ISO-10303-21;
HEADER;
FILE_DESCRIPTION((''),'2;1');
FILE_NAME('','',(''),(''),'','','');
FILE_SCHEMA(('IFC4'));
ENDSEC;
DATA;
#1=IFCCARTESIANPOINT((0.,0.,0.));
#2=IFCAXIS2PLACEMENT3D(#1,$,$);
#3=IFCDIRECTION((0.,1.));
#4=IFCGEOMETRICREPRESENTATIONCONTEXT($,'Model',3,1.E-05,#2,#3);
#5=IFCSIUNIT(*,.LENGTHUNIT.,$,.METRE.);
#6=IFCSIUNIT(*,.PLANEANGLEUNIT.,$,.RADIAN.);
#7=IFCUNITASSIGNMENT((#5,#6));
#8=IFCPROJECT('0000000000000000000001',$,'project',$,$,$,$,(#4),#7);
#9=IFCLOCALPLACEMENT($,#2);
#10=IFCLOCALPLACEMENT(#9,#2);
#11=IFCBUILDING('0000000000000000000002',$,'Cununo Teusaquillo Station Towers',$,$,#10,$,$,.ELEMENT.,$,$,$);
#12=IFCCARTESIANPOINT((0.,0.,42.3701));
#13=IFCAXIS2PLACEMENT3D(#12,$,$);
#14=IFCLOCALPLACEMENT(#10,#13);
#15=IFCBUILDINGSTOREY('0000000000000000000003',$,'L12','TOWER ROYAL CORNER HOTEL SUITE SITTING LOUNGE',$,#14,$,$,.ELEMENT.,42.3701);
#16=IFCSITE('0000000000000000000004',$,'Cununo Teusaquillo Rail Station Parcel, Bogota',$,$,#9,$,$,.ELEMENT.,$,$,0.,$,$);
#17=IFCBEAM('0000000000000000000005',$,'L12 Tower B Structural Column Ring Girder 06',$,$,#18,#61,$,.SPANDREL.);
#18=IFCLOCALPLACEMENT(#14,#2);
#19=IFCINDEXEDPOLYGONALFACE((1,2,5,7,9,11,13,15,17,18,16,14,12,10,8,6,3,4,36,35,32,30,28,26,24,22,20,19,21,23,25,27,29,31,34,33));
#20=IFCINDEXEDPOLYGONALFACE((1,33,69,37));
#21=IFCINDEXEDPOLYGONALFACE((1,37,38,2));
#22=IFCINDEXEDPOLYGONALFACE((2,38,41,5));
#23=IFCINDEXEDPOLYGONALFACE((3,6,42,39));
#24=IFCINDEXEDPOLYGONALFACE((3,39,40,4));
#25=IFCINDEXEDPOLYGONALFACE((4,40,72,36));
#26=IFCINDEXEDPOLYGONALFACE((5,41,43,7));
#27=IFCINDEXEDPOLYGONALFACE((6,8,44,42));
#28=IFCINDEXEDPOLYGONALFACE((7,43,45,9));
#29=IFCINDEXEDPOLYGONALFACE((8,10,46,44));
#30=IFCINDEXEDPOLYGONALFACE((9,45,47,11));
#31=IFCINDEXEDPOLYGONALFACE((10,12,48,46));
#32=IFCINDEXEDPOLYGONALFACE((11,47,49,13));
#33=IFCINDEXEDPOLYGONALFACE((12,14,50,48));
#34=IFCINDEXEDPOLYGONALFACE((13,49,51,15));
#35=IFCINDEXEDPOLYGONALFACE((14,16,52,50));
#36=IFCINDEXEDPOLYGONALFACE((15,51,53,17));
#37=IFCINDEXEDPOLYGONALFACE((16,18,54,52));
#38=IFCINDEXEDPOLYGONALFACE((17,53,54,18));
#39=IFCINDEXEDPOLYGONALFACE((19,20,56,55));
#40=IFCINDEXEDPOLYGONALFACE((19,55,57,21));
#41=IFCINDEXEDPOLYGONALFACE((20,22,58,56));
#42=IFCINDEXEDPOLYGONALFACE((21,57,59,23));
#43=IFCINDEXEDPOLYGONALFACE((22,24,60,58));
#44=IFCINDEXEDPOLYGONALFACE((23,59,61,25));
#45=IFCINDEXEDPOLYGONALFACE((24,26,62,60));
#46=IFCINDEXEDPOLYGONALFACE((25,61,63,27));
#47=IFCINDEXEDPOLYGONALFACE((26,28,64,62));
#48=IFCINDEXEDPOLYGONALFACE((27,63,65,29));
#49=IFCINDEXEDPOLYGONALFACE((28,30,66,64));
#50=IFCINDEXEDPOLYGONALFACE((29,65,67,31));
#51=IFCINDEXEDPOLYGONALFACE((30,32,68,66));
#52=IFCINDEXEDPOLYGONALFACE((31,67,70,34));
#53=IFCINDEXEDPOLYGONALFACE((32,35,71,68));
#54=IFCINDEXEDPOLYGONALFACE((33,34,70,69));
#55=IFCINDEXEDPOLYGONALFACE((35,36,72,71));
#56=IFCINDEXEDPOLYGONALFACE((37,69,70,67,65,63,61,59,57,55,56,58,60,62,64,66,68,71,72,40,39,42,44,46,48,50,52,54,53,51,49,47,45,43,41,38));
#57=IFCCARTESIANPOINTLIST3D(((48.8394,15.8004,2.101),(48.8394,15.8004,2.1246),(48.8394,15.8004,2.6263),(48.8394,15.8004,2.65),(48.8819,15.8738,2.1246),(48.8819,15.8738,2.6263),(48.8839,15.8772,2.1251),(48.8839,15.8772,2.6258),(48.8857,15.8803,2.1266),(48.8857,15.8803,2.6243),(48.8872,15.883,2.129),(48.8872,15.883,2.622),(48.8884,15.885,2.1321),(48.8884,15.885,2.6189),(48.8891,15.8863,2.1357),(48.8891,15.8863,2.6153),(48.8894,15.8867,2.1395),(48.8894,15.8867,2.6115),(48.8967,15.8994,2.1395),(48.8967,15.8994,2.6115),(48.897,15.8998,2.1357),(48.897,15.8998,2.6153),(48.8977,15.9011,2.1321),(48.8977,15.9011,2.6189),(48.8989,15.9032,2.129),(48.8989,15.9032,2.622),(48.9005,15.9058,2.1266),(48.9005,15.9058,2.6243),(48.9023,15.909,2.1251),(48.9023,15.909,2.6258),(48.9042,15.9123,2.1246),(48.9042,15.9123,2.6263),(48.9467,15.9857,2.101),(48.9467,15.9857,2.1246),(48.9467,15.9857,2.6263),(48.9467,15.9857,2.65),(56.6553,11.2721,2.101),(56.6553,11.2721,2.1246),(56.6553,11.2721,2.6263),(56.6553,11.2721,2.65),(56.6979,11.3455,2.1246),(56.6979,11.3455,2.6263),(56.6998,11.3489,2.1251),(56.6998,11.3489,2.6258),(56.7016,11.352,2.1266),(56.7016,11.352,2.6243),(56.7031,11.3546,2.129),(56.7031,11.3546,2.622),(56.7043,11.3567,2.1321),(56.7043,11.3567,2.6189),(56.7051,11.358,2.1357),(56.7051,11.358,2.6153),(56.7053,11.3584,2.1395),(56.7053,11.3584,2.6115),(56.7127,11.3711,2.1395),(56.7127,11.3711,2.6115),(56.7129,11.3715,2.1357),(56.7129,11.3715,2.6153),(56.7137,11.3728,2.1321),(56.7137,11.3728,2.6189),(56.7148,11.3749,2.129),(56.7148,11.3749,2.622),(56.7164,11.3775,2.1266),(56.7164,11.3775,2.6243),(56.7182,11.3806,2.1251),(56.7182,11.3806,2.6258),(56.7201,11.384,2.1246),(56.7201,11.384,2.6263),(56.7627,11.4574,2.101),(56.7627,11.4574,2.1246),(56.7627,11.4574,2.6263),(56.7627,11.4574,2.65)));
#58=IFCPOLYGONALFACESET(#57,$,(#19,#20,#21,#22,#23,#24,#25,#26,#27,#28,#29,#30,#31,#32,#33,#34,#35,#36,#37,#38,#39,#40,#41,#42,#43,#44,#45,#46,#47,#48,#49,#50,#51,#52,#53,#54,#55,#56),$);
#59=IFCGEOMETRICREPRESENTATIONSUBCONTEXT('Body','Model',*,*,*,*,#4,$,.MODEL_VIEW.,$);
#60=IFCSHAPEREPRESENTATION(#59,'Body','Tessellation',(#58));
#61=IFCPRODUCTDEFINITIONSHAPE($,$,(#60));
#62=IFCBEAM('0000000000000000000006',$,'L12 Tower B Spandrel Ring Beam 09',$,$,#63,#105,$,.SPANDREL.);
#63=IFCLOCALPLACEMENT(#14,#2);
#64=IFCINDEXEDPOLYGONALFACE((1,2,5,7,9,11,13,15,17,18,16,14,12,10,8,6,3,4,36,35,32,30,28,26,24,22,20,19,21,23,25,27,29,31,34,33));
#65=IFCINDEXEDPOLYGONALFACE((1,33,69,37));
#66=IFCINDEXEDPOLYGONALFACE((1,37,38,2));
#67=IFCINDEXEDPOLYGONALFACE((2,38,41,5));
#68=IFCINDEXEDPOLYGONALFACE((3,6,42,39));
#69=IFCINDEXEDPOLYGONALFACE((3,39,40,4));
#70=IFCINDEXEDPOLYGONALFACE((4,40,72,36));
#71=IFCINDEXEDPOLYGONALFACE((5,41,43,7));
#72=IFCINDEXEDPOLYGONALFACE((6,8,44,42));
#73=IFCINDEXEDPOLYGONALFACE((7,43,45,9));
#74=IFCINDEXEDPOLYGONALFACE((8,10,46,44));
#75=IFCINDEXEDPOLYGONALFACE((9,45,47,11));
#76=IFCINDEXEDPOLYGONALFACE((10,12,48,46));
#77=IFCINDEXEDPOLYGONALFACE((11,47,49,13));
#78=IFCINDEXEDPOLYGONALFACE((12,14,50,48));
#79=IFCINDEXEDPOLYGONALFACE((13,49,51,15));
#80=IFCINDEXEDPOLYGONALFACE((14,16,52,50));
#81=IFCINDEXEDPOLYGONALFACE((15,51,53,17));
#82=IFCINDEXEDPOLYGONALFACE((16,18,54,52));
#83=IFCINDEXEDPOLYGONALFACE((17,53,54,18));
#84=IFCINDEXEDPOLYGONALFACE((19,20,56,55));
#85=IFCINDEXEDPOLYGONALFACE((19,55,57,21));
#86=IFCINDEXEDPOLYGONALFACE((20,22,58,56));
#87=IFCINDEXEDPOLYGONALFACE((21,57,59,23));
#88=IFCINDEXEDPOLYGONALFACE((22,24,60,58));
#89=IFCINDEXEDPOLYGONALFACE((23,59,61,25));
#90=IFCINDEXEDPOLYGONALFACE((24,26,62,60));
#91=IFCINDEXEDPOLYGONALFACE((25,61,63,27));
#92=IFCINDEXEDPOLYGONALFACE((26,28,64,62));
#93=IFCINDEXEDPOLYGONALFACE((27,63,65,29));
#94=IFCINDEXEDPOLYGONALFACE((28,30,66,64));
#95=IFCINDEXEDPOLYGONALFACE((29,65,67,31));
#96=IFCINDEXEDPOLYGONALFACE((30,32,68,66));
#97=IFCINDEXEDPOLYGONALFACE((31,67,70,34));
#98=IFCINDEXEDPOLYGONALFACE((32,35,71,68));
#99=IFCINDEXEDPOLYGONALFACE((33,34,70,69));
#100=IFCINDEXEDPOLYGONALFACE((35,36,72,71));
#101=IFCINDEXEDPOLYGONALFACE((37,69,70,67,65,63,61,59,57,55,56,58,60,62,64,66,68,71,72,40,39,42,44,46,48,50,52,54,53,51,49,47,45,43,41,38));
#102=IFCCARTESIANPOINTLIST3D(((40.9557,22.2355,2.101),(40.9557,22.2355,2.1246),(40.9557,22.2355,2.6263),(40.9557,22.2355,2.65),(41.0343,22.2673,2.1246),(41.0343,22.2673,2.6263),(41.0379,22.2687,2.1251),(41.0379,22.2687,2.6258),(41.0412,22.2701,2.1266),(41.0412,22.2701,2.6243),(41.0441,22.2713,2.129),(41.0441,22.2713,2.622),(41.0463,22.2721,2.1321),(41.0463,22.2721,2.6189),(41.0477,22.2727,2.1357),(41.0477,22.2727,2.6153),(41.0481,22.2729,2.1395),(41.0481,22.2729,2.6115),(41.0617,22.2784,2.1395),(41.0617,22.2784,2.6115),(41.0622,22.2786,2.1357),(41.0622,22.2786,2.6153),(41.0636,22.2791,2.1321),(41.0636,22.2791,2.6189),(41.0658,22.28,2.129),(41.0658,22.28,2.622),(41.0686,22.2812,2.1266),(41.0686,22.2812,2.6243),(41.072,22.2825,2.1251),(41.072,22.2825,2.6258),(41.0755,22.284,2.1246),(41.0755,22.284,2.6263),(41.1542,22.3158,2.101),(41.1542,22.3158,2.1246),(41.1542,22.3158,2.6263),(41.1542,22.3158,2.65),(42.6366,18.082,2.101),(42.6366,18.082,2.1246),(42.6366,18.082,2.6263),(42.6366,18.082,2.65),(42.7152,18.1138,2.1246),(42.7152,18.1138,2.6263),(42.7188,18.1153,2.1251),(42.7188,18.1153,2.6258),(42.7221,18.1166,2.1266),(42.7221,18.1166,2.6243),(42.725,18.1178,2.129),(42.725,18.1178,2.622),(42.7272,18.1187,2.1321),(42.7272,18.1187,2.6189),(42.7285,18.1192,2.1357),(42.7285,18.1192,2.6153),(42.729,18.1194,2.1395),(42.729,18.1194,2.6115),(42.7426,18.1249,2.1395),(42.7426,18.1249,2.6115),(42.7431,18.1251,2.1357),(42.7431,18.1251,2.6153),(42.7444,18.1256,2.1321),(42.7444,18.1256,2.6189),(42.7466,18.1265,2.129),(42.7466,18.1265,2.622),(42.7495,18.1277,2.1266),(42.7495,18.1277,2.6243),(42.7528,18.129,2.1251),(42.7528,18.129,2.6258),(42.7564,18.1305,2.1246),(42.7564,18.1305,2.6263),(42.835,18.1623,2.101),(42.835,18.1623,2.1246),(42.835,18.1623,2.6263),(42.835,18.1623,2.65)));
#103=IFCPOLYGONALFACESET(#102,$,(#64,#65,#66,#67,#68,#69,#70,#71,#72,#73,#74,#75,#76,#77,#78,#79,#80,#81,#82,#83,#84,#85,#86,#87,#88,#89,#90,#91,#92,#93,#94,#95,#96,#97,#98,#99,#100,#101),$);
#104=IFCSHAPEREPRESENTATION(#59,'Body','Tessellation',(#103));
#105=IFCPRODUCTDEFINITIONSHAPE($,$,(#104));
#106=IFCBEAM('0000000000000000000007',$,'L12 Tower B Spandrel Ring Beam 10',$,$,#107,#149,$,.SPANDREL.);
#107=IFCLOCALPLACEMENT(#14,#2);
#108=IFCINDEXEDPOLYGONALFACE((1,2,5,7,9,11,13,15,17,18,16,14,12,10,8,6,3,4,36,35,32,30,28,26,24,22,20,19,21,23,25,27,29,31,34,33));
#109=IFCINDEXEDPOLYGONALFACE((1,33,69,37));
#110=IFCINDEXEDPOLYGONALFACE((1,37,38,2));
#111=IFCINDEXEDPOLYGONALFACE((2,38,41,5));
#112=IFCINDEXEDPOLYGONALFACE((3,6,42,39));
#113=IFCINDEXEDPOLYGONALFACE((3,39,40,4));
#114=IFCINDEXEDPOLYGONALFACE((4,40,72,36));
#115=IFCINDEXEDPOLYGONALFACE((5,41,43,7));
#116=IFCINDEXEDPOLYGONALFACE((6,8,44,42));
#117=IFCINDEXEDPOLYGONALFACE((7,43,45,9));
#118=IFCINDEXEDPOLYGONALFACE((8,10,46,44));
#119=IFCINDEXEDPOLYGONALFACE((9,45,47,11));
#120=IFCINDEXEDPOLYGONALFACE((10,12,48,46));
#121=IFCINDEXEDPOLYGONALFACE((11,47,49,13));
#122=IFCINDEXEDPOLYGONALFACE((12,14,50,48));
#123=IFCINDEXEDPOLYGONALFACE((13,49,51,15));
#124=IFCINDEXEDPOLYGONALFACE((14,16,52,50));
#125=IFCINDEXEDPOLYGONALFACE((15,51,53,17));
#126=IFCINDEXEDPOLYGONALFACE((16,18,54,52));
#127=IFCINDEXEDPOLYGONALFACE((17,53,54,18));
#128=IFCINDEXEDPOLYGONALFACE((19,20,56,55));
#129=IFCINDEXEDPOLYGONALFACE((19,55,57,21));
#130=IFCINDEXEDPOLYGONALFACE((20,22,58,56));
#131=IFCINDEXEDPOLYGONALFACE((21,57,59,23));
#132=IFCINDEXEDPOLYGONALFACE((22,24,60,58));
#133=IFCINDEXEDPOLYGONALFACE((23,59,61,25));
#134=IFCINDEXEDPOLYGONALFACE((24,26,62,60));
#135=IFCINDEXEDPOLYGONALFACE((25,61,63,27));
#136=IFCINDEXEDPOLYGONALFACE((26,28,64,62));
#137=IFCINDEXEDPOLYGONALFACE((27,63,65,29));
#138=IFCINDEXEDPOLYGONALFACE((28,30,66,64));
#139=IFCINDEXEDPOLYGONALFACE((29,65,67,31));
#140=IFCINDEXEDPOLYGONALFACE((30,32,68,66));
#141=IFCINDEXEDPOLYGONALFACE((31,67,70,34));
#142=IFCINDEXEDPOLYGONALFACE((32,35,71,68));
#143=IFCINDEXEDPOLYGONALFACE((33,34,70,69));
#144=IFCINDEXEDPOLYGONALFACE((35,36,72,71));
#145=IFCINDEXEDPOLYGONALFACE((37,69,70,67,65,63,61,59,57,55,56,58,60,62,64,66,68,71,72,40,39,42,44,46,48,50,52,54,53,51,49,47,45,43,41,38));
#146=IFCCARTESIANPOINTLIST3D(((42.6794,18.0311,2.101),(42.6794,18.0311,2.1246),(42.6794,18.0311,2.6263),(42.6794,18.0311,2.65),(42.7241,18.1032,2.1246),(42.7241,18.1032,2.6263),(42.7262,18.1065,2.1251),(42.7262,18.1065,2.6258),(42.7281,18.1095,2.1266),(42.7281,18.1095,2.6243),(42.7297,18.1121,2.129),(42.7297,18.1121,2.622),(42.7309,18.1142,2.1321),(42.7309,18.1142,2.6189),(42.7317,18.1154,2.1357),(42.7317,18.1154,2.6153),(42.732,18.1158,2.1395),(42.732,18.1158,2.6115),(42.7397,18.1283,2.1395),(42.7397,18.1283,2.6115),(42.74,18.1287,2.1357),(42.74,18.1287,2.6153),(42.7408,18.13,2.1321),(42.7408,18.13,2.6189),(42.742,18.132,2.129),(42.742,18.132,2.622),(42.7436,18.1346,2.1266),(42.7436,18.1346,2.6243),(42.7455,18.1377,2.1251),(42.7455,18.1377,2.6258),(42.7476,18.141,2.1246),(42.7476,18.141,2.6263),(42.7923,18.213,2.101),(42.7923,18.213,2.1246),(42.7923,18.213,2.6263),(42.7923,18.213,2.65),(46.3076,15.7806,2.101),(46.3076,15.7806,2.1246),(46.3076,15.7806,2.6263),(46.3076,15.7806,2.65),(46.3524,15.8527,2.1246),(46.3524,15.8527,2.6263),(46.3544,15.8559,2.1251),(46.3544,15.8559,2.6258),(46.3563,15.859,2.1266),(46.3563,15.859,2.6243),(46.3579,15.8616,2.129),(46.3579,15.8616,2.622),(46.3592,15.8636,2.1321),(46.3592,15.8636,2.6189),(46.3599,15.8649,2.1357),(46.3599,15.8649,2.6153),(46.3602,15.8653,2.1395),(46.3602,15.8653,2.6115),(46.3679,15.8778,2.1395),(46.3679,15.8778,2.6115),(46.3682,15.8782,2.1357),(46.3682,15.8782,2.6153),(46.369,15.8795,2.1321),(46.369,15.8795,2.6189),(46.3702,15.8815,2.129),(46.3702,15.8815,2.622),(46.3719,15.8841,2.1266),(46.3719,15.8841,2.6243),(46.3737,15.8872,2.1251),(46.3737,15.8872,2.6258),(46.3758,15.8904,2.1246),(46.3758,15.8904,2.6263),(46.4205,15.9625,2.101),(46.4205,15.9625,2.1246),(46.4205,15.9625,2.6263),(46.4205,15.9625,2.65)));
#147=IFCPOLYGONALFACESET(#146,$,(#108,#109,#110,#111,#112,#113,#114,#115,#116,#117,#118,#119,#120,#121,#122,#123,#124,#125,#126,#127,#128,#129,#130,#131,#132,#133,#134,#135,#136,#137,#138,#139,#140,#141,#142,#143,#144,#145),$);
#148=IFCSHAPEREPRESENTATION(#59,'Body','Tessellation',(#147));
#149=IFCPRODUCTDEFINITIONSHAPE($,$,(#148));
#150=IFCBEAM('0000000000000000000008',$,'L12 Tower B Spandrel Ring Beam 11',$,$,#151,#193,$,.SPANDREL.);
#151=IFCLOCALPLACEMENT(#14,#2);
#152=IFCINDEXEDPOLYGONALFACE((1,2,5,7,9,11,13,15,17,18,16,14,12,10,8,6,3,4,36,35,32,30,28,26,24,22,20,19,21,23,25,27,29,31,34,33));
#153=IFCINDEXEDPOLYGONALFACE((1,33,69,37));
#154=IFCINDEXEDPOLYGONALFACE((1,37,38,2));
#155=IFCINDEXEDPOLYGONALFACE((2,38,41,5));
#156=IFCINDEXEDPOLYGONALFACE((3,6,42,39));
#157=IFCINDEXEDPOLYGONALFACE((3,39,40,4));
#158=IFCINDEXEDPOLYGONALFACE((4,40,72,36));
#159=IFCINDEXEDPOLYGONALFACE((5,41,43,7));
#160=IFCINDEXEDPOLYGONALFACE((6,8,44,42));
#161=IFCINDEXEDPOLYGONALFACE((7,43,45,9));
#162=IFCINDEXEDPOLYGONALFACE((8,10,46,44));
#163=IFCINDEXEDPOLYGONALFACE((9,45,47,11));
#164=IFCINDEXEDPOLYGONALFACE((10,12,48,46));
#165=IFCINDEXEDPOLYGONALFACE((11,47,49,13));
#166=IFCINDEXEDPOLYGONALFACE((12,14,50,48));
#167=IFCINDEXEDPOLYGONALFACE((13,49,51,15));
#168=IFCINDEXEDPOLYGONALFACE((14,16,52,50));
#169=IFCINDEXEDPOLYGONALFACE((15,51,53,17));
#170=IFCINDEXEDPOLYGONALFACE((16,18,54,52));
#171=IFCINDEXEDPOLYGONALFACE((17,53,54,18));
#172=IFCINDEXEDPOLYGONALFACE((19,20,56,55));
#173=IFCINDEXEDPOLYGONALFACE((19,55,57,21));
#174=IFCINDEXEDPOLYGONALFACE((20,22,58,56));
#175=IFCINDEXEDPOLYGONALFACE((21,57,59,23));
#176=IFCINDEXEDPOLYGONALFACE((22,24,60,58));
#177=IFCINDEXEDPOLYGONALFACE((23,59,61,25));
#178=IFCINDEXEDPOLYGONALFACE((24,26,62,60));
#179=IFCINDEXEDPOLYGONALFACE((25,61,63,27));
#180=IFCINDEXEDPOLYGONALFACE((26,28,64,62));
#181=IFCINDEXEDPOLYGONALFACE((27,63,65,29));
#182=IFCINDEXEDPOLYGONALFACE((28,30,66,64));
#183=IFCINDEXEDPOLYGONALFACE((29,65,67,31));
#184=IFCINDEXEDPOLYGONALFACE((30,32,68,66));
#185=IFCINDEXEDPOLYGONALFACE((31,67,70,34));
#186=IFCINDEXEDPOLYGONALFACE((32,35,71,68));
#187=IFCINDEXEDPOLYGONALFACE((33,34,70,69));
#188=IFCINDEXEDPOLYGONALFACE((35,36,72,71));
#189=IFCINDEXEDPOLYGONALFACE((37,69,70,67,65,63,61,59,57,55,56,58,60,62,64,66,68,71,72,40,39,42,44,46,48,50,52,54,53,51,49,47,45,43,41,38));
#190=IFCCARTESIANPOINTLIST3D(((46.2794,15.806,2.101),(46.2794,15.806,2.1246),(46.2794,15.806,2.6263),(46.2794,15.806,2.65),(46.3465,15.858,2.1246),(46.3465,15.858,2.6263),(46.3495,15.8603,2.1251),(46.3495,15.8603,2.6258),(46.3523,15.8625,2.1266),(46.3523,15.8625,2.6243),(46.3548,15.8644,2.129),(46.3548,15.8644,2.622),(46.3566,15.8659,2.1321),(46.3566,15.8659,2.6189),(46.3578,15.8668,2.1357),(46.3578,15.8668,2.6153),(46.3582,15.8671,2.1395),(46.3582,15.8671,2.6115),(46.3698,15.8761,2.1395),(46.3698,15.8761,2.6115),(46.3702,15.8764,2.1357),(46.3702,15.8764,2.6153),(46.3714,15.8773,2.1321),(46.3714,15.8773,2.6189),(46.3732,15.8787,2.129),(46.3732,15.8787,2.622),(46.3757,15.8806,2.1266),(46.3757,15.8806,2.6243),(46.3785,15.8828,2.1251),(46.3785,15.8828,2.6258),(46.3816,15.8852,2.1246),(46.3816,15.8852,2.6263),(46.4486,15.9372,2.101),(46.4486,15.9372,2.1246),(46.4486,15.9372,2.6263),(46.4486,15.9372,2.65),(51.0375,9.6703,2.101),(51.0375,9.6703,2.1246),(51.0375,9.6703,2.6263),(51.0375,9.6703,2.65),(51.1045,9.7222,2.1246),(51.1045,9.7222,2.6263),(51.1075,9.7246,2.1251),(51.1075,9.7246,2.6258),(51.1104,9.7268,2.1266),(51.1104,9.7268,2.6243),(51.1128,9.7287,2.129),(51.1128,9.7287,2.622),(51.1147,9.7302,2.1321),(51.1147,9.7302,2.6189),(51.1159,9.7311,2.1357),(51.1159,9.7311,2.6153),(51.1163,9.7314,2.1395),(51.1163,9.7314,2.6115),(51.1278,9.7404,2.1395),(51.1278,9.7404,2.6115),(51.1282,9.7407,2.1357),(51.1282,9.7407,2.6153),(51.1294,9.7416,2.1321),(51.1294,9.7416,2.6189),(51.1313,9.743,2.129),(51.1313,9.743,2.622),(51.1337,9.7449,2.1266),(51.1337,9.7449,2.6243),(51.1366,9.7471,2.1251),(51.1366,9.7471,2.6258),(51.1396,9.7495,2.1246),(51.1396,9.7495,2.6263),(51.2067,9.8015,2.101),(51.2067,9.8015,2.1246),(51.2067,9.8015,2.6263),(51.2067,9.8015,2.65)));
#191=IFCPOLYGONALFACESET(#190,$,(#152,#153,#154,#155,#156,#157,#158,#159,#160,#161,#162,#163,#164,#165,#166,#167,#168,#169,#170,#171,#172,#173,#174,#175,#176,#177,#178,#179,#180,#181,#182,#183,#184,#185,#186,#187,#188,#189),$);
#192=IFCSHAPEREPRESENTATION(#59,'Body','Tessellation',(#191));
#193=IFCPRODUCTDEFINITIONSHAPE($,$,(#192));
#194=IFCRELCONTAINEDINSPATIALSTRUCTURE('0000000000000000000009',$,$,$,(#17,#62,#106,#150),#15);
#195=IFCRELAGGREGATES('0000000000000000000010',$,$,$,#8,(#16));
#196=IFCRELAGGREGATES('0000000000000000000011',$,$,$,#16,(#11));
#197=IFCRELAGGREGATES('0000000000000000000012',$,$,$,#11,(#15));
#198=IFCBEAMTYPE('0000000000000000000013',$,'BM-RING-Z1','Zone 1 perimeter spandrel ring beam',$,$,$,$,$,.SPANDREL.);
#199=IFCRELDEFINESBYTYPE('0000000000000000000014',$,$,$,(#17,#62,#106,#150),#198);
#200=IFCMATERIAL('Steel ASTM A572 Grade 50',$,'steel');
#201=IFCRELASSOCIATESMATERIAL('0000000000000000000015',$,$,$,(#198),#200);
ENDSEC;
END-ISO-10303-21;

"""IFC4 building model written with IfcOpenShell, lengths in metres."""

from ifc_helpers import new_model, si_unit, direction, frame, origin, origin_2d, place, context, subcontext, project, spatial, i_section, extrude, material, material_profile, profile_set, type_object, element, save


model = new_model("IFC4")

# Units and contexts
model_context = context("Model", 3, precision=1e-05, world=origin(), true_north=direction((0.0, 1.0)))
body_context = subcontext(model_context, "Body", "Model", "MODEL_VIEW")
ifc_project = project(units=[si_unit("LENGTHUNIT", "METRE"), si_unit("PLANEANGLEUNIT", "RADIAN")], contexts=[model_context])

# Site, building, storey
site_placement = place(None, origin())
site = spatial("IfcSite", under=ifc_project, at=site_placement, Name="Cununo Teusaquillo Rail Station Parcel, Bogota", CompositionType="ELEMENT", RefElevation=0.0)
building_placement = place(site_placement, origin())
building = spatial("IfcBuilding", under=site, at=building_placement, Name="Cununo Teusaquillo Station Towers", CompositionType="ELEMENT")
storey_placement = place(building_placement, frame((0.0, 0.0, 42.3701)))
storey = spatial("IfcBuildingStorey", under=building, at=storey_placement, Name="L12", Description="TOWER ROYAL CORNER HOTEL SUITE SITTING LOUNGE", CompositionType="ELEMENT", Elevation=42.3701)

# Beams
ifc_material_1 = material(Name="Steel ASTM A572 Grade 50", Category="steel")
ifc_material_profile_1 = material_profile(ifc_material_1, i_section(OverallWidth=0.2141, OverallDepth=0.5491, WebThickness=0.0146, FlangeThickness=0.0237, FilletRadius=0.0149, at=origin_2d()), Name="W21X93")
ifc_profile_set_1 = profile_set([ifc_material_profile_1], Name="Steel ASTM A572 Grade 50")
beam_type_1 = type_object("IfcBeamType", Name="BM-RING-Z1", Description="Zone 1 perimeter spandrel ring beam", PredefinedType="SPANDREL", material=ifc_profile_set_1)
for number, where, z_axis, x_axis, name in (
    (1, (48.8931, 15.8931, 2.3755), (0.865267, -0.501311, 0.0), (0.501311, 0.865267, 0.0), "L12 Tower B Structural Column Ring Girder 06"),
):
    element("IfcBeam", number, at=place(storey_placement, frame(where, z_axis=z_axis, x_axis=x_axis)), inside=storey, type_object=beam_type_1, Name=name, PredefinedType="SPANDREL", context=body_context, shape_type="SweptSolid", body=[
        extrude(i_section(OverallWidth=0.2141, OverallDepth=0.5491, WebThickness=0.0146, FlangeThickness=0.0237, FilletRadius=0.0149, at=origin_2d()), origin(), (0.0, 0.0, 1.0), 9.033),
    ])
beam_1_placement = place(storey_placement, frame((41.0549, 22.2756, 2.3755), z_axis=(0.375136, -0.92697, 0.0), x_axis=(0.92697, 0.375136, 0.0)))
element("IfcBeam", 2, at=beam_1_placement, inside=storey, type_object=beam_type_1, Name="L12 Tower B Spandrel Ring Beam 09", PredefinedType="SPANDREL", context=body_context, shape_type="SweptSolid", body=[
    extrude(i_section(OverallWidth=0.2141, OverallDepth=0.5491, WebThickness=0.0146, FlangeThickness=0.0237, FilletRadius=0.0149, at=origin_2d()), origin(), (0.0, 0.0, 1.0), 4.4807),
])
beam_2_placement = place(storey_placement, frame((42.7358, 18.1221, 2.3755), z_axis=(0.849796, -0.527112, 0.0), x_axis=(0.527112, 0.849796, 0.0)))
element("IfcBeam", 3, at=beam_2_placement, inside=storey, type_object=beam_type_1, Name="L12 Tower B Spandrel Ring Beam 10", PredefinedType="SPANDREL", context=body_context, shape_type="SweptSolid", body=[
    extrude(i_section(OverallWidth=0.2141, OverallDepth=0.5491, WebThickness=0.0146, FlangeThickness=0.0237, FilletRadius=0.0149, at=origin_2d()), origin(), (0.0, 0.0, 1.0), 4.2695),
])
beam_3_placement = place(storey_placement, frame((46.364, 15.8716, 2.3755), z_axis=(0.612801, -0.790237, 0.0), x_axis=(0.790237, 0.612801, 0.0)))
element("IfcBeam", 4, at=beam_3_placement, inside=storey, type_object=beam_type_1, Name="L12 Tower B Spandrel Ring Beam 11", PredefinedType="SPANDREL", context=body_context, shape_type="SweptSolid", body=[
    extrude(i_section(OverallWidth=0.2141, OverallDepth=0.5491, WebThickness=0.0146, FlangeThickness=0.0237, FilletRadius=0.0149, at=origin_2d()), origin(), (0.0, 0.0, 1.0), 7.7644),
])

save(model, "model.ifc")
